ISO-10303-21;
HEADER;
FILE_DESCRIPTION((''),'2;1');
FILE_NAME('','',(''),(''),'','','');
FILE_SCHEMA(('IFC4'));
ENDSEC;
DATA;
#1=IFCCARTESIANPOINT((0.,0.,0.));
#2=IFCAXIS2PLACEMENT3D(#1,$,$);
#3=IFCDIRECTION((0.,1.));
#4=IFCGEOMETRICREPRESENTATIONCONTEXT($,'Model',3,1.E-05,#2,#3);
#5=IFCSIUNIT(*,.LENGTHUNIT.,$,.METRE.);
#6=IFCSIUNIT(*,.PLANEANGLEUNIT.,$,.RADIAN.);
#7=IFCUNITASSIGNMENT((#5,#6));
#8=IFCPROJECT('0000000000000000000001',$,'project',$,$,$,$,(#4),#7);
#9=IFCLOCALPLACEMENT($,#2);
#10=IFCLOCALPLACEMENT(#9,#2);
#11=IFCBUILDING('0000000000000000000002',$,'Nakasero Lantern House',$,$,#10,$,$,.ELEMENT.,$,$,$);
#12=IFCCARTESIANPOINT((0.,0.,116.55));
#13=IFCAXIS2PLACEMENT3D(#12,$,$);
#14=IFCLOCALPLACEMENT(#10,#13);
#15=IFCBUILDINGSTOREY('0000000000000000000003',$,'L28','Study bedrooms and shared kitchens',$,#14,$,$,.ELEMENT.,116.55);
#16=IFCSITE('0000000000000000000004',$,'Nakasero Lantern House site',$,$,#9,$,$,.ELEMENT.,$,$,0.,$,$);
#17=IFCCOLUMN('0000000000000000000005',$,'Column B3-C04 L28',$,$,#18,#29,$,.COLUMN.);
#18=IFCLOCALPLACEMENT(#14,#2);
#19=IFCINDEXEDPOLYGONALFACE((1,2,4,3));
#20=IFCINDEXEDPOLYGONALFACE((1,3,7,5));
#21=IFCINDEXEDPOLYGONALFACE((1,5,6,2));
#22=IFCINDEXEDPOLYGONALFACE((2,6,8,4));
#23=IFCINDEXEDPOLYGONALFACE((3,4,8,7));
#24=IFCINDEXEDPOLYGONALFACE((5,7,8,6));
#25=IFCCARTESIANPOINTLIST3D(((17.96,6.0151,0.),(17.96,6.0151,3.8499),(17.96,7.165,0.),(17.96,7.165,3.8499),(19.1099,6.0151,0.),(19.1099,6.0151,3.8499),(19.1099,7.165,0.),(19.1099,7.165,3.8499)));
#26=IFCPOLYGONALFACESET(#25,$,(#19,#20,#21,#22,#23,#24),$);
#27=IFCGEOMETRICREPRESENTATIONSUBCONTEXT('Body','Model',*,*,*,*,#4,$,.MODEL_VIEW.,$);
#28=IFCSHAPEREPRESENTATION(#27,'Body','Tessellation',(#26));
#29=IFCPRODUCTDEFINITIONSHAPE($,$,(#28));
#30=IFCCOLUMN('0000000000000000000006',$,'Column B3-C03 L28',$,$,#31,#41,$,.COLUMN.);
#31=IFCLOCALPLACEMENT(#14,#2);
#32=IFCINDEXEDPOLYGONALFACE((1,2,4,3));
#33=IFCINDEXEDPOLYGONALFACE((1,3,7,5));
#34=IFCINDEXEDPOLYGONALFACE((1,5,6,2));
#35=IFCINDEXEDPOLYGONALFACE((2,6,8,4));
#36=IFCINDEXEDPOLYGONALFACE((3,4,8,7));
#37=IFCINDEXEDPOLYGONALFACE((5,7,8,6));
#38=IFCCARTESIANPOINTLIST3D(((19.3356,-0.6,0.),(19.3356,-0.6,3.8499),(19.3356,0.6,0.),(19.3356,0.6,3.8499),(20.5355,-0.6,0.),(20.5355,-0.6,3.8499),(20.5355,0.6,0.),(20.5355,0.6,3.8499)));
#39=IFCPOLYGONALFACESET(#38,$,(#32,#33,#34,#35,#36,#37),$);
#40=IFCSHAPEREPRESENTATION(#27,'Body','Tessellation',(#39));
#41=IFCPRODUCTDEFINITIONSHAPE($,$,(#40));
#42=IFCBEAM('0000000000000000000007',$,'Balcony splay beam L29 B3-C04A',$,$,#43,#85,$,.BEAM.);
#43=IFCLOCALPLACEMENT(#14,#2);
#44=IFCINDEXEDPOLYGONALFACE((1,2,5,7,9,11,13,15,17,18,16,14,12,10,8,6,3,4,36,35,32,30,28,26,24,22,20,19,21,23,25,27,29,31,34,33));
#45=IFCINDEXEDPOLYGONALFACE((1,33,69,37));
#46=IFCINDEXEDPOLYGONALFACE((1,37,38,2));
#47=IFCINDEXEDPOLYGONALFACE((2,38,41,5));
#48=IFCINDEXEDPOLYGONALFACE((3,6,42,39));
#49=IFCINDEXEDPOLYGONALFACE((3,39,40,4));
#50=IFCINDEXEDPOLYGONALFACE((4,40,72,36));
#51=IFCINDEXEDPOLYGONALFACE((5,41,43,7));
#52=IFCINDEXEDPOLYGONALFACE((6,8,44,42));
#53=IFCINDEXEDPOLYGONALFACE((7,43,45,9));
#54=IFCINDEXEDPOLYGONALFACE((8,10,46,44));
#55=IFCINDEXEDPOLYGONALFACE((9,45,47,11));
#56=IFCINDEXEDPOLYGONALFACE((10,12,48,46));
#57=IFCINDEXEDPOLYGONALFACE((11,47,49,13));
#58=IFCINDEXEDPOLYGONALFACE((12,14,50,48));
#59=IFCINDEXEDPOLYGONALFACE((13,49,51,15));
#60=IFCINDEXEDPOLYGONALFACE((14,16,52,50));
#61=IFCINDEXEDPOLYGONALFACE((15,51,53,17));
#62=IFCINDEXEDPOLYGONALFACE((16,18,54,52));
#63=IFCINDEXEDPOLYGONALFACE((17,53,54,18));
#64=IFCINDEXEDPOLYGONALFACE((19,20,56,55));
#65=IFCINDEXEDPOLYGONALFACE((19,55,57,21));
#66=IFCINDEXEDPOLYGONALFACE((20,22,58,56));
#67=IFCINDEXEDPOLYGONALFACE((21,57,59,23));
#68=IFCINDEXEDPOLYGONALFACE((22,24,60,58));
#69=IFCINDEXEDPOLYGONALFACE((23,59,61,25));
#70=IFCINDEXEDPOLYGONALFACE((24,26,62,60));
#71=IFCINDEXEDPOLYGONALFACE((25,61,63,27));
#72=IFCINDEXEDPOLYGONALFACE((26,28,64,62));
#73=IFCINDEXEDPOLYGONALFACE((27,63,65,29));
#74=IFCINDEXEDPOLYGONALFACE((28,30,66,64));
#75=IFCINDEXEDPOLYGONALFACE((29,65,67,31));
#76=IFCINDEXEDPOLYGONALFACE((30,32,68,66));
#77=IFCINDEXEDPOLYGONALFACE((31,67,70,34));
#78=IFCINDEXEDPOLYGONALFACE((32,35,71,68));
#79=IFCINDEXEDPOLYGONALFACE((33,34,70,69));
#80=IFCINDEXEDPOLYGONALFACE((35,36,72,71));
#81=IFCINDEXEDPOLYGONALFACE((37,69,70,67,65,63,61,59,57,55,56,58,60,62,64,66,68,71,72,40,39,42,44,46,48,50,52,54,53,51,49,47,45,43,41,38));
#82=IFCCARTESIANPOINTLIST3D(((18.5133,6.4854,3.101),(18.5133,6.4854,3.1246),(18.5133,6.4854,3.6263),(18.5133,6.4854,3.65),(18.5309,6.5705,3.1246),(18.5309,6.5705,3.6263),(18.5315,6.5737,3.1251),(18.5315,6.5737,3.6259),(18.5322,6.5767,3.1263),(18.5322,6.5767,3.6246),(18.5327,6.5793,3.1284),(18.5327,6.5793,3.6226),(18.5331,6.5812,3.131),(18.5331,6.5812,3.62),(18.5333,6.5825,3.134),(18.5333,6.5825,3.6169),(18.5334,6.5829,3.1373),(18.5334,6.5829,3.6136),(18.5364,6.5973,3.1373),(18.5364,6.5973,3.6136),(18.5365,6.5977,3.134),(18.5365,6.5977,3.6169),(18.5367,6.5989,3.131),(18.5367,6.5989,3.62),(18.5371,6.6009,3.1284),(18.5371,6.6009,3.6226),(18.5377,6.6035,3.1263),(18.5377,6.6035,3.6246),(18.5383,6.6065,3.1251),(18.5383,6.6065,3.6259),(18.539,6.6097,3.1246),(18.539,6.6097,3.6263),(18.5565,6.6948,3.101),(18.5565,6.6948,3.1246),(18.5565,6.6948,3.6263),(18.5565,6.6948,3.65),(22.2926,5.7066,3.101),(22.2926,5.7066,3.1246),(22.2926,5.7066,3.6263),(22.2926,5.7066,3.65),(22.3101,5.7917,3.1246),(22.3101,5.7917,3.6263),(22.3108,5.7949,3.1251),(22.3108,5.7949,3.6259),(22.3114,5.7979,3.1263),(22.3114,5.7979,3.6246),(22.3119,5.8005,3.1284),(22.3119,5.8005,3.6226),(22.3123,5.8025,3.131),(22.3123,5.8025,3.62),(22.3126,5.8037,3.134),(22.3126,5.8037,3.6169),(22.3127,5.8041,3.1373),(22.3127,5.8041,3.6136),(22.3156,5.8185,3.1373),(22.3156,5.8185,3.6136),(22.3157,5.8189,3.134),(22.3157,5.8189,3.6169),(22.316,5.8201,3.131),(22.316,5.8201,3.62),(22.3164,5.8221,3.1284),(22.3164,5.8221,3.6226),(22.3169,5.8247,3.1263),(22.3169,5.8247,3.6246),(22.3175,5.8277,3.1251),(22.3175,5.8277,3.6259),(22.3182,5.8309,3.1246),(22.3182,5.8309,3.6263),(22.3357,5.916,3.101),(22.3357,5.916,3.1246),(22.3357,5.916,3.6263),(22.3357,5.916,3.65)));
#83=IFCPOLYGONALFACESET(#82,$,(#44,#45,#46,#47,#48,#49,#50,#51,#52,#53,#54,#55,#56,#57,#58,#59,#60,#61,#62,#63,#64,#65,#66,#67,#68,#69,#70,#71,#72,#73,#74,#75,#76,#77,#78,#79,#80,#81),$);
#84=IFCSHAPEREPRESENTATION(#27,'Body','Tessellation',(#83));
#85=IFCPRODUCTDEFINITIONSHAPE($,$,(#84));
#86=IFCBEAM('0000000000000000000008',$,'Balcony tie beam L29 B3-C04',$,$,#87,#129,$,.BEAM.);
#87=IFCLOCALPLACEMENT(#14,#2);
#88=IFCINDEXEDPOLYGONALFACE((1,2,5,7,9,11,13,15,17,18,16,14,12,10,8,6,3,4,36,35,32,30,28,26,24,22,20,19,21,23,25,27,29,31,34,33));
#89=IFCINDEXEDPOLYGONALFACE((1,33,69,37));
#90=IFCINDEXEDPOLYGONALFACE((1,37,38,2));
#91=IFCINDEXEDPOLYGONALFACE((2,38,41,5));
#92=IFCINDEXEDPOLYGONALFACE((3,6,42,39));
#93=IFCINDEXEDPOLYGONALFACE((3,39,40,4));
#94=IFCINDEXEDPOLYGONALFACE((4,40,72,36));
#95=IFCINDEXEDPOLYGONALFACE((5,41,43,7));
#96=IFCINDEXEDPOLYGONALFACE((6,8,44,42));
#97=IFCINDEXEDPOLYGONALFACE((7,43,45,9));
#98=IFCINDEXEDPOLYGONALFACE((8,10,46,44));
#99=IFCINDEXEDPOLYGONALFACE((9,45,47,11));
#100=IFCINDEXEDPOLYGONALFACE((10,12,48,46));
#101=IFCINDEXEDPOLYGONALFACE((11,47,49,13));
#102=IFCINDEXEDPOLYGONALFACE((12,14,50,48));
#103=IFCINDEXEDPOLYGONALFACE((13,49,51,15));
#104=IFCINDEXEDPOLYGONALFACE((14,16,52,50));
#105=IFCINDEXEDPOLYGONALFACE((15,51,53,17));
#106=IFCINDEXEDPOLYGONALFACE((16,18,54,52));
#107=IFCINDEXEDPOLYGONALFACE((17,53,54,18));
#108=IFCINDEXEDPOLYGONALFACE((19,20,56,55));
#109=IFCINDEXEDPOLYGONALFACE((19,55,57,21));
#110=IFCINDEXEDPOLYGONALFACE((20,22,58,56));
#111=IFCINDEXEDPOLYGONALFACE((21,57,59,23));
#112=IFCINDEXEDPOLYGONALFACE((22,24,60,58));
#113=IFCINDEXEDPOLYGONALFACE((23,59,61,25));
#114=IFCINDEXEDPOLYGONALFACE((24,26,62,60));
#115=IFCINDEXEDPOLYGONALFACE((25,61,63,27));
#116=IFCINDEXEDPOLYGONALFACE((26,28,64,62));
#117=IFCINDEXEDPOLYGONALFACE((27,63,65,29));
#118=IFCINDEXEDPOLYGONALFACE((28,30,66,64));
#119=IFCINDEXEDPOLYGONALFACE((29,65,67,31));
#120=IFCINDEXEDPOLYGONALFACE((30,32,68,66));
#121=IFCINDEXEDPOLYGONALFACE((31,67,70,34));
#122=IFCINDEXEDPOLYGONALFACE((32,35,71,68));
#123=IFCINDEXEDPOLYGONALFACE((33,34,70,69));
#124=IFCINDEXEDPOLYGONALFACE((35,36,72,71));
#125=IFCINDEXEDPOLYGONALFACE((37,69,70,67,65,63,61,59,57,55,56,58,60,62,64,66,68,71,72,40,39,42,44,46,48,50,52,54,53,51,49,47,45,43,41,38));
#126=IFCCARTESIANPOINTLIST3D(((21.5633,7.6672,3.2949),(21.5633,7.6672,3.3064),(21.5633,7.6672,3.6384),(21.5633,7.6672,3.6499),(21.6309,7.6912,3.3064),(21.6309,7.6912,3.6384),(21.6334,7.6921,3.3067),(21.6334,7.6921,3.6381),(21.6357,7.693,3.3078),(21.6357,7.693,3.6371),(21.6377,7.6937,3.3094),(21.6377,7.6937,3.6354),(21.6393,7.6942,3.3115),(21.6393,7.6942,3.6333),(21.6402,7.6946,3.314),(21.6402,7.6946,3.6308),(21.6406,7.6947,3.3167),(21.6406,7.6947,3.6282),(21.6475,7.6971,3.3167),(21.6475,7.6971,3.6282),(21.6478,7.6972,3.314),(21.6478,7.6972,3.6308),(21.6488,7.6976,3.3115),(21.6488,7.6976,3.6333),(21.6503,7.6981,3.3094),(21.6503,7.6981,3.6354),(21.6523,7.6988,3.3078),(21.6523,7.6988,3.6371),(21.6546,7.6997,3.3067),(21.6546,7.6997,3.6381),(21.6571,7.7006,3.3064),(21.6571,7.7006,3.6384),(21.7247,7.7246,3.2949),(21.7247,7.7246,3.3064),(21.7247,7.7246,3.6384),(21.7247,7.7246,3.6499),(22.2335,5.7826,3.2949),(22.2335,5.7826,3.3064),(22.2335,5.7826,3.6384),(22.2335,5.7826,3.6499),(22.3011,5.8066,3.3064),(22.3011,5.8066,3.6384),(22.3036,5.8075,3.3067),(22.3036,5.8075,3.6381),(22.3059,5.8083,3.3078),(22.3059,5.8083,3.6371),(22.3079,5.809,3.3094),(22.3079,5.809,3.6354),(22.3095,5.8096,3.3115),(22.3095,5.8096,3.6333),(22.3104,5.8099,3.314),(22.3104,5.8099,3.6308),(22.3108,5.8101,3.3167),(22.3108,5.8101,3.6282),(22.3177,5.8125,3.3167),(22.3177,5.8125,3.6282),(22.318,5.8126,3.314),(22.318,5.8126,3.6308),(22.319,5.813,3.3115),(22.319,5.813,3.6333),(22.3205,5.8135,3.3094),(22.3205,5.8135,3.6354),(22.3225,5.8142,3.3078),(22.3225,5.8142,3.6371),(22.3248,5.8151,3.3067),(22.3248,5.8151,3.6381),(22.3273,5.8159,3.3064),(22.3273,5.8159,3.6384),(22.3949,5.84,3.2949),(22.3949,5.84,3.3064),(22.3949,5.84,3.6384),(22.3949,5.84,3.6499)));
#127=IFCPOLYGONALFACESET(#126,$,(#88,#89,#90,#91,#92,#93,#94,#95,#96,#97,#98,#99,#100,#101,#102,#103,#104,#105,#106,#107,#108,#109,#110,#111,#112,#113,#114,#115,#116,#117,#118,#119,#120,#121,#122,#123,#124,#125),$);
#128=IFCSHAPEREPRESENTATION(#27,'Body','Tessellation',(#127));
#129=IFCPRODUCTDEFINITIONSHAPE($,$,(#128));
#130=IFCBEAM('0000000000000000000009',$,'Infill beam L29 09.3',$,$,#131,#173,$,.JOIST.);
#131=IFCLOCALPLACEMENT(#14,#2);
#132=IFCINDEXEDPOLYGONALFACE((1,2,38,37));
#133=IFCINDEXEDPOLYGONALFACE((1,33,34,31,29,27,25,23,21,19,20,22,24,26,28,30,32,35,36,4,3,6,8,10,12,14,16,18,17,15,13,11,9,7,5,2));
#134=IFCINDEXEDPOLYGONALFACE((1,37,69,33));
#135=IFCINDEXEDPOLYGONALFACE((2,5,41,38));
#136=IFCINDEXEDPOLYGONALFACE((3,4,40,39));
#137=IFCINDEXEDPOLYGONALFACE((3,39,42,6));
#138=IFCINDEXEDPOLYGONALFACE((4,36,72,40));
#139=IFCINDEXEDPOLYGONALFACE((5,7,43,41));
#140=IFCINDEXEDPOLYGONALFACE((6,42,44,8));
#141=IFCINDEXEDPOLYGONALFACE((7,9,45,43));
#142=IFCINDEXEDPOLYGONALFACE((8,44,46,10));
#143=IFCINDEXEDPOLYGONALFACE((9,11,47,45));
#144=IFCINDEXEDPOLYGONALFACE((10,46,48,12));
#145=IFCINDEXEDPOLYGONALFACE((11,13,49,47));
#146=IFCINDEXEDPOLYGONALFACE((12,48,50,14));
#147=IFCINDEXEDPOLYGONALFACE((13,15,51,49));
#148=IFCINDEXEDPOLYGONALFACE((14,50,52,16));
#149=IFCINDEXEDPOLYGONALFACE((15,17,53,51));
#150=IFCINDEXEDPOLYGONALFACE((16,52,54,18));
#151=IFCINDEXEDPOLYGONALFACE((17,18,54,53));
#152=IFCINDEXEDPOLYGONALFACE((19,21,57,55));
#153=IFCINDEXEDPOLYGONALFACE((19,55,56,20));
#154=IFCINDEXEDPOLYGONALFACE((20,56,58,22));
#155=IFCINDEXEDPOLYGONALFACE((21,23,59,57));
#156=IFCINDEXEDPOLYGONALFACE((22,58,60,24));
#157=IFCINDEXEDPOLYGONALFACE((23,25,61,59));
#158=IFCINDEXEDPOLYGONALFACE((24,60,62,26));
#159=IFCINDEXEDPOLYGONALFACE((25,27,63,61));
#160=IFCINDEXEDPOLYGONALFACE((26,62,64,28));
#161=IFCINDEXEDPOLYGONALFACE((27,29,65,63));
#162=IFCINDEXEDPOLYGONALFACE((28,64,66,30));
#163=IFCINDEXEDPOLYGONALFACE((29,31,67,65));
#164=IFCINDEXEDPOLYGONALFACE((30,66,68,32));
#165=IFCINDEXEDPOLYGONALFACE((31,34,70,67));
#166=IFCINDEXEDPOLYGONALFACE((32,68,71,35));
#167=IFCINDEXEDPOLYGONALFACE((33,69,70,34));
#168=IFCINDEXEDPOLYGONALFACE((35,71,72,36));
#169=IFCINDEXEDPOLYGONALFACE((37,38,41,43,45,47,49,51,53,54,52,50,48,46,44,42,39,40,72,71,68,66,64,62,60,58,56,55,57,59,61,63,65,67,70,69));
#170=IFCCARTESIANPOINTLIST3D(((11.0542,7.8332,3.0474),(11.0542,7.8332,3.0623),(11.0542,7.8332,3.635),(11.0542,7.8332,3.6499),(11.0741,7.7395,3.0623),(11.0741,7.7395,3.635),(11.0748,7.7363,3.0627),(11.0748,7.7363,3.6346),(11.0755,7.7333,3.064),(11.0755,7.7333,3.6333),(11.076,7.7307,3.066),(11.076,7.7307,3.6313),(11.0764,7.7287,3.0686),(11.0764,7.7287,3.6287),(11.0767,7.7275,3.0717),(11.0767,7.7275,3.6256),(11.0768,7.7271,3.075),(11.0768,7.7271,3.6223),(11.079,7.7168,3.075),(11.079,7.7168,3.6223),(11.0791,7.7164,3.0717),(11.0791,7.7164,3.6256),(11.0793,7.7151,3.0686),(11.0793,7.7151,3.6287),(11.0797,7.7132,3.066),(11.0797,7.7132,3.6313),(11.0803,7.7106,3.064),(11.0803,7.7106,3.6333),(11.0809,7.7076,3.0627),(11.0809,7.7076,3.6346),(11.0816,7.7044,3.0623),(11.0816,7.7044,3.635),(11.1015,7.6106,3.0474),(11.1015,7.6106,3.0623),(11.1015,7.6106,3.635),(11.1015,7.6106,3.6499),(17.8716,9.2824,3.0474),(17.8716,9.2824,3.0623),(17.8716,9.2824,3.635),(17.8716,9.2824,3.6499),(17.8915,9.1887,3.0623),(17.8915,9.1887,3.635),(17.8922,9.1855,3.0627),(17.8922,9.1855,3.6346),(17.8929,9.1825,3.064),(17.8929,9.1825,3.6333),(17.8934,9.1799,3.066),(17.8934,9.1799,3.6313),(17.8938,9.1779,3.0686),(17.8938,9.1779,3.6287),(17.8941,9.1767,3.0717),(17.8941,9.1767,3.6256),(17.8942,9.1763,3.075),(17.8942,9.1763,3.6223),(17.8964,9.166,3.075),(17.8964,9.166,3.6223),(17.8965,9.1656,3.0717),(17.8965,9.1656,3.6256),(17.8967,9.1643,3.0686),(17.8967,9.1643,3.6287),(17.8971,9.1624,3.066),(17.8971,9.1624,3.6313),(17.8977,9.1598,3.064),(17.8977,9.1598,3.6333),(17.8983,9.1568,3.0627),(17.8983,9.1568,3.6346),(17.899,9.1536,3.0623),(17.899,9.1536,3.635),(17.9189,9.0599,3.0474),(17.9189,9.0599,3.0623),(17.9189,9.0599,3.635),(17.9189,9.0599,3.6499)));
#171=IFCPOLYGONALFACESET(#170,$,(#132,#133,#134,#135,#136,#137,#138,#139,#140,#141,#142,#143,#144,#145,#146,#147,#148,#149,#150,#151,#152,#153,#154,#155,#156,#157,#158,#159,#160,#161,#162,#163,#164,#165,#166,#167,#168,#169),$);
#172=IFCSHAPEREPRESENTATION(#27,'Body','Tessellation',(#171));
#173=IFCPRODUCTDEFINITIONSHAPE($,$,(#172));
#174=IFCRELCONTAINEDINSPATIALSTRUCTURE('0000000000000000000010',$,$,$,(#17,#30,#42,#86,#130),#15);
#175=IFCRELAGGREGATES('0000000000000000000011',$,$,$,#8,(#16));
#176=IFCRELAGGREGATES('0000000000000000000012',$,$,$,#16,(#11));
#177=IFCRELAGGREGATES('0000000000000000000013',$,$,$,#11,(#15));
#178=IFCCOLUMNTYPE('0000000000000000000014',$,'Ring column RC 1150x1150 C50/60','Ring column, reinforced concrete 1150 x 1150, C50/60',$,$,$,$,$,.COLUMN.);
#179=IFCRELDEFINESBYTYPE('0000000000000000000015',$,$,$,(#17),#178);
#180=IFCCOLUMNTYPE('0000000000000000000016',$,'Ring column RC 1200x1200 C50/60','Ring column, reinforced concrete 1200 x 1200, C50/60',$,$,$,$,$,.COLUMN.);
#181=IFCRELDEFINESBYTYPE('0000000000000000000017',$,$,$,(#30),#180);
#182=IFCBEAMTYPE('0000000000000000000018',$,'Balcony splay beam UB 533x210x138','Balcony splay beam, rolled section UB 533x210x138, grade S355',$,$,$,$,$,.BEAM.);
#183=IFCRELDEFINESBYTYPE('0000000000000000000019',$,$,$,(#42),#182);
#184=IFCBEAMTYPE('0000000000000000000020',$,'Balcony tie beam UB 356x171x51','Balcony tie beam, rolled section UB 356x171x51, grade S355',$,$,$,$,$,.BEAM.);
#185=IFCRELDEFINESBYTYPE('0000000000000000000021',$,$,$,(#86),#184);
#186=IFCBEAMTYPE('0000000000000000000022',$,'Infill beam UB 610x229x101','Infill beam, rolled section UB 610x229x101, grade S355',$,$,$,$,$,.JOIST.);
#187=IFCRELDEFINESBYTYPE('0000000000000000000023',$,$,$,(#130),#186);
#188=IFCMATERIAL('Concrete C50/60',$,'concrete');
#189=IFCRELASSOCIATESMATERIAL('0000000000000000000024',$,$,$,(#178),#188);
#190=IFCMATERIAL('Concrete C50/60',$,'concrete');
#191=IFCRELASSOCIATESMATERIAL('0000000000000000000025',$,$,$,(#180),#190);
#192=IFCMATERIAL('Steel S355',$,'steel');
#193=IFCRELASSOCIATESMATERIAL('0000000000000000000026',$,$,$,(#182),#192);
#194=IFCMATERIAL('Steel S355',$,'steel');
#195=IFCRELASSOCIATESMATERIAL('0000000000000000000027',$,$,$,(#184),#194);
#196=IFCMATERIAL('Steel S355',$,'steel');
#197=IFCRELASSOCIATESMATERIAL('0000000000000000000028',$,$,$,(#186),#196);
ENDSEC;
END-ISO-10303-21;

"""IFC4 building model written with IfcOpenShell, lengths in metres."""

from ifc_helpers import new_model, si_unit, direction, frame, origin, origin_2d, place, context, subcontext, project, spatial, rectangle, i_section, extrude, material, material_profile, profile_set, type_object, element, save


model = new_model("IFC4")

# Units and contexts
model_context = context("Model", 3, precision=1e-05, world=origin(), true_north=direction((0.0, 1.0)))
body_context = subcontext(model_context, "Body", "Model", "MODEL_VIEW")
ifc_project = project(units=[si_unit("LENGTHUNIT", "METRE"), si_unit("PLANEANGLEUNIT", "RADIAN")], contexts=[model_context])

# Site, building, storey
site_placement = place(None, origin())
site = spatial("IfcSite", under=ifc_project, at=site_placement, Name="Nakasero Lantern House site", CompositionType="ELEMENT", RefElevation=0.0)
building_placement = place(site_placement, origin())
building = spatial("IfcBuilding", under=site, at=building_placement, Name="Nakasero Lantern House", CompositionType="ELEMENT")
storey_placement = place(building_placement, frame((0.0, 0.0, 116.55)))
storey = spatial("IfcBuildingStorey", under=building, at=storey_placement, Name="L28", Description="Study bedrooms and shared kitchens", CompositionType="ELEMENT", Elevation=116.55)

# Columns
ifc_material_1 = material(Name="Concrete C50/60", Category="concrete")
ifc_material_profile_1 = material_profile(ifc_material_1, rectangle(XDim=1.1499, YDim=1.1499, at=origin_2d()), Name="RC 1150x1150")
ifc_profile_set_1 = profile_set([ifc_material_profile_1], Name="Concrete C50/60")
column_type_1 = type_object("IfcColumnType", Name="Ring column RC 1150x1150 C50/60", Description="Ring column, reinforced concrete 1150 x 1150, C50/60", PredefinedType="COLUMN", material=ifc_profile_set_1)
column_1_placement = place(storey_placement, frame((18.5349, 6.5901, 0.0), z_axis=(0.0, 0.0, 1.0), x_axis=(1.0, 0.0, 0.0)))
element("IfcColumn", 1, at=column_1_placement, inside=storey, type_object=column_type_1, Name="Column B3-C04 L28", PredefinedType="COLUMN", context=body_context, shape_type="SweptSolid", body=[
    extrude(rectangle(XDim=1.1499, YDim=1.1499, at=origin_2d()), origin(), (0.0, 0.0, 1.0), 3.8499),
])
ifc_material_2 = material(Name="Concrete C50/60", Category="concrete")
ifc_material_profile_2 = material_profile(ifc_material_2, rectangle(XDim=1.2, YDim=1.2, at=origin_2d()), Name="RC 1200x1200")
ifc_profile_set_2 = profile_set([ifc_material_profile_2], Name="Concrete C50/60")
column_type_2 = type_object("IfcColumnType", Name="Ring column RC 1200x1200 C50/60", Description="Ring column, reinforced concrete 1200 x 1200, C50/60", PredefinedType="COLUMN", material=ifc_profile_set_2)
column_2_placement = place(storey_placement, frame((19.9355, 0.0, 0.0), z_axis=(0.0, 0.0, 1.0), x_axis=(1.0, 0.0, 0.0)))
element("IfcColumn", 2, at=column_2_placement, inside=storey, type_object=column_type_2, Name="Column B3-C03 L28", PredefinedType="COLUMN", context=body_context, shape_type="SweptSolid", body=[
    extrude(rectangle(XDim=1.2, YDim=1.2, at=origin_2d()), origin(), (0.0, 0.0, 1.0), 3.8499),
])

# Beams
ifc_material_3 = material(Name="Steel S355", Category="steel")
ifc_material_profile_3 = material_profile(ifc_material_3, i_section(OverallWidth=0.2139, OverallDepth=0.5491, WebThickness=0.0146, FlangeThickness=0.0237, FilletRadius=0.0127, at=origin_2d()), Name="UB 533x210x138")
ifc_profile_set_3 = profile_set([ifc_material_profile_3], Name="Steel S355")
beam_type_1 = type_object("IfcBeamType", Name="Balcony splay beam UB 533x210x138", Description="Balcony splay beam, rolled section UB 533x210x138, grade S355", PredefinedType="BEAM", material=ifc_profile_set_3)
beam_1_placement = place(storey_placement, frame((18.5349, 6.5901, 3.3755), z_axis=(0.97942, -0.201831, 0.0), x_axis=(0.201831, 0.97942, 0.0)))
element("IfcBeam", 3, at=beam_1_placement, inside=storey, type_object=beam_type_1, Name="Balcony splay beam L29 B3-C04A", PredefinedType="BEAM", context=body_context, shape_type="SweptSolid", body=[
    extrude(i_section(OverallWidth=0.2139, OverallDepth=0.5491, WebThickness=0.0146, FlangeThickness=0.0237, FilletRadius=0.0127, at=origin_2d()), origin(), (0.0, 0.0, 1.0), 3.8586),
])
ifc_material_4 = material(Name="Steel S355", Category="steel")
ifc_material_profile_4 = material_profile(ifc_material_4, i_section(OverallWidth=0.1714, OverallDepth=0.355, WebThickness=0.0073, FlangeThickness=0.0115, FilletRadius=0.0103, at=origin_2d()), Name="UB 356x171x51")
ifc_profile_set_4 = profile_set([ifc_material_profile_4], Name="Steel S355")
beam_type_2 = type_object("IfcBeamType", Name="Balcony tie beam UB 356x171x51", Description="Balcony tie beam, rolled section UB 356x171x51, grade S355", PredefinedType="BEAM", material=ifc_profile_set_4)
beam_2_placement = place(storey_placement, frame((22.3142, 5.8113, 3.4724), z_axis=(-0.33506, 0.942197, 0.0), x_axis=(-0.942197, -0.33506, 0.0)))
element("IfcBeam", 4, at=beam_2_placement, inside=storey, type_object=beam_type_2, Name="Balcony tie beam L29 B3-C04", PredefinedType="BEAM", context=body_context, shape_type="SweptSolid", body=[
    extrude(i_section(OverallWidth=0.1714, OverallDepth=0.355, WebThickness=0.0073, FlangeThickness=0.0115, FilletRadius=0.0103, at=origin_2d()), origin(), (0.0, 0.0, 1.0), 2.0002),
])
ifc_material_5 = material(Name="Steel S355", Category="steel")
ifc_material_profile_5 = material_profile(ifc_material_5, i_section(OverallWidth=0.2275, OverallDepth=0.6025, WebThickness=0.0105, FlangeThickness=0.0149, FilletRadius=0.0127, at=origin_2d()), Name="UB 610x229x101")
ifc_profile_set_5 = profile_set([ifc_material_profile_5], Name="Steel S355")
beam_type_3 = type_object("IfcBeamType", Name="Infill beam UB 610x229x101", Description="Infill beam, rolled section UB 610x229x101, grade S355", PredefinedType="JOIST", material=ifc_profile_set_5)
beam_3_placement = place(storey_placement, frame((11.0779, 7.7219, 3.3486), z_axis=(0.978144, 0.207931, 0.0), x_axis=(-0.207931, 0.978144, 0.0)))
element("IfcBeam", 5, at=beam_3_placement, inside=storey, type_object=beam_type_3, Name="Infill beam L29 09.3", PredefinedType="JOIST", context=body_context, shape_type="SweptSolid", body=[
    extrude(i_section(OverallWidth=0.2275, OverallDepth=0.6025, WebThickness=0.0105, FlangeThickness=0.0149, FilletRadius=0.0127, at=origin_2d()), origin(), (0.0, 0.0, 1.0), 6.9697),
])

save(model, "model.ifc")
